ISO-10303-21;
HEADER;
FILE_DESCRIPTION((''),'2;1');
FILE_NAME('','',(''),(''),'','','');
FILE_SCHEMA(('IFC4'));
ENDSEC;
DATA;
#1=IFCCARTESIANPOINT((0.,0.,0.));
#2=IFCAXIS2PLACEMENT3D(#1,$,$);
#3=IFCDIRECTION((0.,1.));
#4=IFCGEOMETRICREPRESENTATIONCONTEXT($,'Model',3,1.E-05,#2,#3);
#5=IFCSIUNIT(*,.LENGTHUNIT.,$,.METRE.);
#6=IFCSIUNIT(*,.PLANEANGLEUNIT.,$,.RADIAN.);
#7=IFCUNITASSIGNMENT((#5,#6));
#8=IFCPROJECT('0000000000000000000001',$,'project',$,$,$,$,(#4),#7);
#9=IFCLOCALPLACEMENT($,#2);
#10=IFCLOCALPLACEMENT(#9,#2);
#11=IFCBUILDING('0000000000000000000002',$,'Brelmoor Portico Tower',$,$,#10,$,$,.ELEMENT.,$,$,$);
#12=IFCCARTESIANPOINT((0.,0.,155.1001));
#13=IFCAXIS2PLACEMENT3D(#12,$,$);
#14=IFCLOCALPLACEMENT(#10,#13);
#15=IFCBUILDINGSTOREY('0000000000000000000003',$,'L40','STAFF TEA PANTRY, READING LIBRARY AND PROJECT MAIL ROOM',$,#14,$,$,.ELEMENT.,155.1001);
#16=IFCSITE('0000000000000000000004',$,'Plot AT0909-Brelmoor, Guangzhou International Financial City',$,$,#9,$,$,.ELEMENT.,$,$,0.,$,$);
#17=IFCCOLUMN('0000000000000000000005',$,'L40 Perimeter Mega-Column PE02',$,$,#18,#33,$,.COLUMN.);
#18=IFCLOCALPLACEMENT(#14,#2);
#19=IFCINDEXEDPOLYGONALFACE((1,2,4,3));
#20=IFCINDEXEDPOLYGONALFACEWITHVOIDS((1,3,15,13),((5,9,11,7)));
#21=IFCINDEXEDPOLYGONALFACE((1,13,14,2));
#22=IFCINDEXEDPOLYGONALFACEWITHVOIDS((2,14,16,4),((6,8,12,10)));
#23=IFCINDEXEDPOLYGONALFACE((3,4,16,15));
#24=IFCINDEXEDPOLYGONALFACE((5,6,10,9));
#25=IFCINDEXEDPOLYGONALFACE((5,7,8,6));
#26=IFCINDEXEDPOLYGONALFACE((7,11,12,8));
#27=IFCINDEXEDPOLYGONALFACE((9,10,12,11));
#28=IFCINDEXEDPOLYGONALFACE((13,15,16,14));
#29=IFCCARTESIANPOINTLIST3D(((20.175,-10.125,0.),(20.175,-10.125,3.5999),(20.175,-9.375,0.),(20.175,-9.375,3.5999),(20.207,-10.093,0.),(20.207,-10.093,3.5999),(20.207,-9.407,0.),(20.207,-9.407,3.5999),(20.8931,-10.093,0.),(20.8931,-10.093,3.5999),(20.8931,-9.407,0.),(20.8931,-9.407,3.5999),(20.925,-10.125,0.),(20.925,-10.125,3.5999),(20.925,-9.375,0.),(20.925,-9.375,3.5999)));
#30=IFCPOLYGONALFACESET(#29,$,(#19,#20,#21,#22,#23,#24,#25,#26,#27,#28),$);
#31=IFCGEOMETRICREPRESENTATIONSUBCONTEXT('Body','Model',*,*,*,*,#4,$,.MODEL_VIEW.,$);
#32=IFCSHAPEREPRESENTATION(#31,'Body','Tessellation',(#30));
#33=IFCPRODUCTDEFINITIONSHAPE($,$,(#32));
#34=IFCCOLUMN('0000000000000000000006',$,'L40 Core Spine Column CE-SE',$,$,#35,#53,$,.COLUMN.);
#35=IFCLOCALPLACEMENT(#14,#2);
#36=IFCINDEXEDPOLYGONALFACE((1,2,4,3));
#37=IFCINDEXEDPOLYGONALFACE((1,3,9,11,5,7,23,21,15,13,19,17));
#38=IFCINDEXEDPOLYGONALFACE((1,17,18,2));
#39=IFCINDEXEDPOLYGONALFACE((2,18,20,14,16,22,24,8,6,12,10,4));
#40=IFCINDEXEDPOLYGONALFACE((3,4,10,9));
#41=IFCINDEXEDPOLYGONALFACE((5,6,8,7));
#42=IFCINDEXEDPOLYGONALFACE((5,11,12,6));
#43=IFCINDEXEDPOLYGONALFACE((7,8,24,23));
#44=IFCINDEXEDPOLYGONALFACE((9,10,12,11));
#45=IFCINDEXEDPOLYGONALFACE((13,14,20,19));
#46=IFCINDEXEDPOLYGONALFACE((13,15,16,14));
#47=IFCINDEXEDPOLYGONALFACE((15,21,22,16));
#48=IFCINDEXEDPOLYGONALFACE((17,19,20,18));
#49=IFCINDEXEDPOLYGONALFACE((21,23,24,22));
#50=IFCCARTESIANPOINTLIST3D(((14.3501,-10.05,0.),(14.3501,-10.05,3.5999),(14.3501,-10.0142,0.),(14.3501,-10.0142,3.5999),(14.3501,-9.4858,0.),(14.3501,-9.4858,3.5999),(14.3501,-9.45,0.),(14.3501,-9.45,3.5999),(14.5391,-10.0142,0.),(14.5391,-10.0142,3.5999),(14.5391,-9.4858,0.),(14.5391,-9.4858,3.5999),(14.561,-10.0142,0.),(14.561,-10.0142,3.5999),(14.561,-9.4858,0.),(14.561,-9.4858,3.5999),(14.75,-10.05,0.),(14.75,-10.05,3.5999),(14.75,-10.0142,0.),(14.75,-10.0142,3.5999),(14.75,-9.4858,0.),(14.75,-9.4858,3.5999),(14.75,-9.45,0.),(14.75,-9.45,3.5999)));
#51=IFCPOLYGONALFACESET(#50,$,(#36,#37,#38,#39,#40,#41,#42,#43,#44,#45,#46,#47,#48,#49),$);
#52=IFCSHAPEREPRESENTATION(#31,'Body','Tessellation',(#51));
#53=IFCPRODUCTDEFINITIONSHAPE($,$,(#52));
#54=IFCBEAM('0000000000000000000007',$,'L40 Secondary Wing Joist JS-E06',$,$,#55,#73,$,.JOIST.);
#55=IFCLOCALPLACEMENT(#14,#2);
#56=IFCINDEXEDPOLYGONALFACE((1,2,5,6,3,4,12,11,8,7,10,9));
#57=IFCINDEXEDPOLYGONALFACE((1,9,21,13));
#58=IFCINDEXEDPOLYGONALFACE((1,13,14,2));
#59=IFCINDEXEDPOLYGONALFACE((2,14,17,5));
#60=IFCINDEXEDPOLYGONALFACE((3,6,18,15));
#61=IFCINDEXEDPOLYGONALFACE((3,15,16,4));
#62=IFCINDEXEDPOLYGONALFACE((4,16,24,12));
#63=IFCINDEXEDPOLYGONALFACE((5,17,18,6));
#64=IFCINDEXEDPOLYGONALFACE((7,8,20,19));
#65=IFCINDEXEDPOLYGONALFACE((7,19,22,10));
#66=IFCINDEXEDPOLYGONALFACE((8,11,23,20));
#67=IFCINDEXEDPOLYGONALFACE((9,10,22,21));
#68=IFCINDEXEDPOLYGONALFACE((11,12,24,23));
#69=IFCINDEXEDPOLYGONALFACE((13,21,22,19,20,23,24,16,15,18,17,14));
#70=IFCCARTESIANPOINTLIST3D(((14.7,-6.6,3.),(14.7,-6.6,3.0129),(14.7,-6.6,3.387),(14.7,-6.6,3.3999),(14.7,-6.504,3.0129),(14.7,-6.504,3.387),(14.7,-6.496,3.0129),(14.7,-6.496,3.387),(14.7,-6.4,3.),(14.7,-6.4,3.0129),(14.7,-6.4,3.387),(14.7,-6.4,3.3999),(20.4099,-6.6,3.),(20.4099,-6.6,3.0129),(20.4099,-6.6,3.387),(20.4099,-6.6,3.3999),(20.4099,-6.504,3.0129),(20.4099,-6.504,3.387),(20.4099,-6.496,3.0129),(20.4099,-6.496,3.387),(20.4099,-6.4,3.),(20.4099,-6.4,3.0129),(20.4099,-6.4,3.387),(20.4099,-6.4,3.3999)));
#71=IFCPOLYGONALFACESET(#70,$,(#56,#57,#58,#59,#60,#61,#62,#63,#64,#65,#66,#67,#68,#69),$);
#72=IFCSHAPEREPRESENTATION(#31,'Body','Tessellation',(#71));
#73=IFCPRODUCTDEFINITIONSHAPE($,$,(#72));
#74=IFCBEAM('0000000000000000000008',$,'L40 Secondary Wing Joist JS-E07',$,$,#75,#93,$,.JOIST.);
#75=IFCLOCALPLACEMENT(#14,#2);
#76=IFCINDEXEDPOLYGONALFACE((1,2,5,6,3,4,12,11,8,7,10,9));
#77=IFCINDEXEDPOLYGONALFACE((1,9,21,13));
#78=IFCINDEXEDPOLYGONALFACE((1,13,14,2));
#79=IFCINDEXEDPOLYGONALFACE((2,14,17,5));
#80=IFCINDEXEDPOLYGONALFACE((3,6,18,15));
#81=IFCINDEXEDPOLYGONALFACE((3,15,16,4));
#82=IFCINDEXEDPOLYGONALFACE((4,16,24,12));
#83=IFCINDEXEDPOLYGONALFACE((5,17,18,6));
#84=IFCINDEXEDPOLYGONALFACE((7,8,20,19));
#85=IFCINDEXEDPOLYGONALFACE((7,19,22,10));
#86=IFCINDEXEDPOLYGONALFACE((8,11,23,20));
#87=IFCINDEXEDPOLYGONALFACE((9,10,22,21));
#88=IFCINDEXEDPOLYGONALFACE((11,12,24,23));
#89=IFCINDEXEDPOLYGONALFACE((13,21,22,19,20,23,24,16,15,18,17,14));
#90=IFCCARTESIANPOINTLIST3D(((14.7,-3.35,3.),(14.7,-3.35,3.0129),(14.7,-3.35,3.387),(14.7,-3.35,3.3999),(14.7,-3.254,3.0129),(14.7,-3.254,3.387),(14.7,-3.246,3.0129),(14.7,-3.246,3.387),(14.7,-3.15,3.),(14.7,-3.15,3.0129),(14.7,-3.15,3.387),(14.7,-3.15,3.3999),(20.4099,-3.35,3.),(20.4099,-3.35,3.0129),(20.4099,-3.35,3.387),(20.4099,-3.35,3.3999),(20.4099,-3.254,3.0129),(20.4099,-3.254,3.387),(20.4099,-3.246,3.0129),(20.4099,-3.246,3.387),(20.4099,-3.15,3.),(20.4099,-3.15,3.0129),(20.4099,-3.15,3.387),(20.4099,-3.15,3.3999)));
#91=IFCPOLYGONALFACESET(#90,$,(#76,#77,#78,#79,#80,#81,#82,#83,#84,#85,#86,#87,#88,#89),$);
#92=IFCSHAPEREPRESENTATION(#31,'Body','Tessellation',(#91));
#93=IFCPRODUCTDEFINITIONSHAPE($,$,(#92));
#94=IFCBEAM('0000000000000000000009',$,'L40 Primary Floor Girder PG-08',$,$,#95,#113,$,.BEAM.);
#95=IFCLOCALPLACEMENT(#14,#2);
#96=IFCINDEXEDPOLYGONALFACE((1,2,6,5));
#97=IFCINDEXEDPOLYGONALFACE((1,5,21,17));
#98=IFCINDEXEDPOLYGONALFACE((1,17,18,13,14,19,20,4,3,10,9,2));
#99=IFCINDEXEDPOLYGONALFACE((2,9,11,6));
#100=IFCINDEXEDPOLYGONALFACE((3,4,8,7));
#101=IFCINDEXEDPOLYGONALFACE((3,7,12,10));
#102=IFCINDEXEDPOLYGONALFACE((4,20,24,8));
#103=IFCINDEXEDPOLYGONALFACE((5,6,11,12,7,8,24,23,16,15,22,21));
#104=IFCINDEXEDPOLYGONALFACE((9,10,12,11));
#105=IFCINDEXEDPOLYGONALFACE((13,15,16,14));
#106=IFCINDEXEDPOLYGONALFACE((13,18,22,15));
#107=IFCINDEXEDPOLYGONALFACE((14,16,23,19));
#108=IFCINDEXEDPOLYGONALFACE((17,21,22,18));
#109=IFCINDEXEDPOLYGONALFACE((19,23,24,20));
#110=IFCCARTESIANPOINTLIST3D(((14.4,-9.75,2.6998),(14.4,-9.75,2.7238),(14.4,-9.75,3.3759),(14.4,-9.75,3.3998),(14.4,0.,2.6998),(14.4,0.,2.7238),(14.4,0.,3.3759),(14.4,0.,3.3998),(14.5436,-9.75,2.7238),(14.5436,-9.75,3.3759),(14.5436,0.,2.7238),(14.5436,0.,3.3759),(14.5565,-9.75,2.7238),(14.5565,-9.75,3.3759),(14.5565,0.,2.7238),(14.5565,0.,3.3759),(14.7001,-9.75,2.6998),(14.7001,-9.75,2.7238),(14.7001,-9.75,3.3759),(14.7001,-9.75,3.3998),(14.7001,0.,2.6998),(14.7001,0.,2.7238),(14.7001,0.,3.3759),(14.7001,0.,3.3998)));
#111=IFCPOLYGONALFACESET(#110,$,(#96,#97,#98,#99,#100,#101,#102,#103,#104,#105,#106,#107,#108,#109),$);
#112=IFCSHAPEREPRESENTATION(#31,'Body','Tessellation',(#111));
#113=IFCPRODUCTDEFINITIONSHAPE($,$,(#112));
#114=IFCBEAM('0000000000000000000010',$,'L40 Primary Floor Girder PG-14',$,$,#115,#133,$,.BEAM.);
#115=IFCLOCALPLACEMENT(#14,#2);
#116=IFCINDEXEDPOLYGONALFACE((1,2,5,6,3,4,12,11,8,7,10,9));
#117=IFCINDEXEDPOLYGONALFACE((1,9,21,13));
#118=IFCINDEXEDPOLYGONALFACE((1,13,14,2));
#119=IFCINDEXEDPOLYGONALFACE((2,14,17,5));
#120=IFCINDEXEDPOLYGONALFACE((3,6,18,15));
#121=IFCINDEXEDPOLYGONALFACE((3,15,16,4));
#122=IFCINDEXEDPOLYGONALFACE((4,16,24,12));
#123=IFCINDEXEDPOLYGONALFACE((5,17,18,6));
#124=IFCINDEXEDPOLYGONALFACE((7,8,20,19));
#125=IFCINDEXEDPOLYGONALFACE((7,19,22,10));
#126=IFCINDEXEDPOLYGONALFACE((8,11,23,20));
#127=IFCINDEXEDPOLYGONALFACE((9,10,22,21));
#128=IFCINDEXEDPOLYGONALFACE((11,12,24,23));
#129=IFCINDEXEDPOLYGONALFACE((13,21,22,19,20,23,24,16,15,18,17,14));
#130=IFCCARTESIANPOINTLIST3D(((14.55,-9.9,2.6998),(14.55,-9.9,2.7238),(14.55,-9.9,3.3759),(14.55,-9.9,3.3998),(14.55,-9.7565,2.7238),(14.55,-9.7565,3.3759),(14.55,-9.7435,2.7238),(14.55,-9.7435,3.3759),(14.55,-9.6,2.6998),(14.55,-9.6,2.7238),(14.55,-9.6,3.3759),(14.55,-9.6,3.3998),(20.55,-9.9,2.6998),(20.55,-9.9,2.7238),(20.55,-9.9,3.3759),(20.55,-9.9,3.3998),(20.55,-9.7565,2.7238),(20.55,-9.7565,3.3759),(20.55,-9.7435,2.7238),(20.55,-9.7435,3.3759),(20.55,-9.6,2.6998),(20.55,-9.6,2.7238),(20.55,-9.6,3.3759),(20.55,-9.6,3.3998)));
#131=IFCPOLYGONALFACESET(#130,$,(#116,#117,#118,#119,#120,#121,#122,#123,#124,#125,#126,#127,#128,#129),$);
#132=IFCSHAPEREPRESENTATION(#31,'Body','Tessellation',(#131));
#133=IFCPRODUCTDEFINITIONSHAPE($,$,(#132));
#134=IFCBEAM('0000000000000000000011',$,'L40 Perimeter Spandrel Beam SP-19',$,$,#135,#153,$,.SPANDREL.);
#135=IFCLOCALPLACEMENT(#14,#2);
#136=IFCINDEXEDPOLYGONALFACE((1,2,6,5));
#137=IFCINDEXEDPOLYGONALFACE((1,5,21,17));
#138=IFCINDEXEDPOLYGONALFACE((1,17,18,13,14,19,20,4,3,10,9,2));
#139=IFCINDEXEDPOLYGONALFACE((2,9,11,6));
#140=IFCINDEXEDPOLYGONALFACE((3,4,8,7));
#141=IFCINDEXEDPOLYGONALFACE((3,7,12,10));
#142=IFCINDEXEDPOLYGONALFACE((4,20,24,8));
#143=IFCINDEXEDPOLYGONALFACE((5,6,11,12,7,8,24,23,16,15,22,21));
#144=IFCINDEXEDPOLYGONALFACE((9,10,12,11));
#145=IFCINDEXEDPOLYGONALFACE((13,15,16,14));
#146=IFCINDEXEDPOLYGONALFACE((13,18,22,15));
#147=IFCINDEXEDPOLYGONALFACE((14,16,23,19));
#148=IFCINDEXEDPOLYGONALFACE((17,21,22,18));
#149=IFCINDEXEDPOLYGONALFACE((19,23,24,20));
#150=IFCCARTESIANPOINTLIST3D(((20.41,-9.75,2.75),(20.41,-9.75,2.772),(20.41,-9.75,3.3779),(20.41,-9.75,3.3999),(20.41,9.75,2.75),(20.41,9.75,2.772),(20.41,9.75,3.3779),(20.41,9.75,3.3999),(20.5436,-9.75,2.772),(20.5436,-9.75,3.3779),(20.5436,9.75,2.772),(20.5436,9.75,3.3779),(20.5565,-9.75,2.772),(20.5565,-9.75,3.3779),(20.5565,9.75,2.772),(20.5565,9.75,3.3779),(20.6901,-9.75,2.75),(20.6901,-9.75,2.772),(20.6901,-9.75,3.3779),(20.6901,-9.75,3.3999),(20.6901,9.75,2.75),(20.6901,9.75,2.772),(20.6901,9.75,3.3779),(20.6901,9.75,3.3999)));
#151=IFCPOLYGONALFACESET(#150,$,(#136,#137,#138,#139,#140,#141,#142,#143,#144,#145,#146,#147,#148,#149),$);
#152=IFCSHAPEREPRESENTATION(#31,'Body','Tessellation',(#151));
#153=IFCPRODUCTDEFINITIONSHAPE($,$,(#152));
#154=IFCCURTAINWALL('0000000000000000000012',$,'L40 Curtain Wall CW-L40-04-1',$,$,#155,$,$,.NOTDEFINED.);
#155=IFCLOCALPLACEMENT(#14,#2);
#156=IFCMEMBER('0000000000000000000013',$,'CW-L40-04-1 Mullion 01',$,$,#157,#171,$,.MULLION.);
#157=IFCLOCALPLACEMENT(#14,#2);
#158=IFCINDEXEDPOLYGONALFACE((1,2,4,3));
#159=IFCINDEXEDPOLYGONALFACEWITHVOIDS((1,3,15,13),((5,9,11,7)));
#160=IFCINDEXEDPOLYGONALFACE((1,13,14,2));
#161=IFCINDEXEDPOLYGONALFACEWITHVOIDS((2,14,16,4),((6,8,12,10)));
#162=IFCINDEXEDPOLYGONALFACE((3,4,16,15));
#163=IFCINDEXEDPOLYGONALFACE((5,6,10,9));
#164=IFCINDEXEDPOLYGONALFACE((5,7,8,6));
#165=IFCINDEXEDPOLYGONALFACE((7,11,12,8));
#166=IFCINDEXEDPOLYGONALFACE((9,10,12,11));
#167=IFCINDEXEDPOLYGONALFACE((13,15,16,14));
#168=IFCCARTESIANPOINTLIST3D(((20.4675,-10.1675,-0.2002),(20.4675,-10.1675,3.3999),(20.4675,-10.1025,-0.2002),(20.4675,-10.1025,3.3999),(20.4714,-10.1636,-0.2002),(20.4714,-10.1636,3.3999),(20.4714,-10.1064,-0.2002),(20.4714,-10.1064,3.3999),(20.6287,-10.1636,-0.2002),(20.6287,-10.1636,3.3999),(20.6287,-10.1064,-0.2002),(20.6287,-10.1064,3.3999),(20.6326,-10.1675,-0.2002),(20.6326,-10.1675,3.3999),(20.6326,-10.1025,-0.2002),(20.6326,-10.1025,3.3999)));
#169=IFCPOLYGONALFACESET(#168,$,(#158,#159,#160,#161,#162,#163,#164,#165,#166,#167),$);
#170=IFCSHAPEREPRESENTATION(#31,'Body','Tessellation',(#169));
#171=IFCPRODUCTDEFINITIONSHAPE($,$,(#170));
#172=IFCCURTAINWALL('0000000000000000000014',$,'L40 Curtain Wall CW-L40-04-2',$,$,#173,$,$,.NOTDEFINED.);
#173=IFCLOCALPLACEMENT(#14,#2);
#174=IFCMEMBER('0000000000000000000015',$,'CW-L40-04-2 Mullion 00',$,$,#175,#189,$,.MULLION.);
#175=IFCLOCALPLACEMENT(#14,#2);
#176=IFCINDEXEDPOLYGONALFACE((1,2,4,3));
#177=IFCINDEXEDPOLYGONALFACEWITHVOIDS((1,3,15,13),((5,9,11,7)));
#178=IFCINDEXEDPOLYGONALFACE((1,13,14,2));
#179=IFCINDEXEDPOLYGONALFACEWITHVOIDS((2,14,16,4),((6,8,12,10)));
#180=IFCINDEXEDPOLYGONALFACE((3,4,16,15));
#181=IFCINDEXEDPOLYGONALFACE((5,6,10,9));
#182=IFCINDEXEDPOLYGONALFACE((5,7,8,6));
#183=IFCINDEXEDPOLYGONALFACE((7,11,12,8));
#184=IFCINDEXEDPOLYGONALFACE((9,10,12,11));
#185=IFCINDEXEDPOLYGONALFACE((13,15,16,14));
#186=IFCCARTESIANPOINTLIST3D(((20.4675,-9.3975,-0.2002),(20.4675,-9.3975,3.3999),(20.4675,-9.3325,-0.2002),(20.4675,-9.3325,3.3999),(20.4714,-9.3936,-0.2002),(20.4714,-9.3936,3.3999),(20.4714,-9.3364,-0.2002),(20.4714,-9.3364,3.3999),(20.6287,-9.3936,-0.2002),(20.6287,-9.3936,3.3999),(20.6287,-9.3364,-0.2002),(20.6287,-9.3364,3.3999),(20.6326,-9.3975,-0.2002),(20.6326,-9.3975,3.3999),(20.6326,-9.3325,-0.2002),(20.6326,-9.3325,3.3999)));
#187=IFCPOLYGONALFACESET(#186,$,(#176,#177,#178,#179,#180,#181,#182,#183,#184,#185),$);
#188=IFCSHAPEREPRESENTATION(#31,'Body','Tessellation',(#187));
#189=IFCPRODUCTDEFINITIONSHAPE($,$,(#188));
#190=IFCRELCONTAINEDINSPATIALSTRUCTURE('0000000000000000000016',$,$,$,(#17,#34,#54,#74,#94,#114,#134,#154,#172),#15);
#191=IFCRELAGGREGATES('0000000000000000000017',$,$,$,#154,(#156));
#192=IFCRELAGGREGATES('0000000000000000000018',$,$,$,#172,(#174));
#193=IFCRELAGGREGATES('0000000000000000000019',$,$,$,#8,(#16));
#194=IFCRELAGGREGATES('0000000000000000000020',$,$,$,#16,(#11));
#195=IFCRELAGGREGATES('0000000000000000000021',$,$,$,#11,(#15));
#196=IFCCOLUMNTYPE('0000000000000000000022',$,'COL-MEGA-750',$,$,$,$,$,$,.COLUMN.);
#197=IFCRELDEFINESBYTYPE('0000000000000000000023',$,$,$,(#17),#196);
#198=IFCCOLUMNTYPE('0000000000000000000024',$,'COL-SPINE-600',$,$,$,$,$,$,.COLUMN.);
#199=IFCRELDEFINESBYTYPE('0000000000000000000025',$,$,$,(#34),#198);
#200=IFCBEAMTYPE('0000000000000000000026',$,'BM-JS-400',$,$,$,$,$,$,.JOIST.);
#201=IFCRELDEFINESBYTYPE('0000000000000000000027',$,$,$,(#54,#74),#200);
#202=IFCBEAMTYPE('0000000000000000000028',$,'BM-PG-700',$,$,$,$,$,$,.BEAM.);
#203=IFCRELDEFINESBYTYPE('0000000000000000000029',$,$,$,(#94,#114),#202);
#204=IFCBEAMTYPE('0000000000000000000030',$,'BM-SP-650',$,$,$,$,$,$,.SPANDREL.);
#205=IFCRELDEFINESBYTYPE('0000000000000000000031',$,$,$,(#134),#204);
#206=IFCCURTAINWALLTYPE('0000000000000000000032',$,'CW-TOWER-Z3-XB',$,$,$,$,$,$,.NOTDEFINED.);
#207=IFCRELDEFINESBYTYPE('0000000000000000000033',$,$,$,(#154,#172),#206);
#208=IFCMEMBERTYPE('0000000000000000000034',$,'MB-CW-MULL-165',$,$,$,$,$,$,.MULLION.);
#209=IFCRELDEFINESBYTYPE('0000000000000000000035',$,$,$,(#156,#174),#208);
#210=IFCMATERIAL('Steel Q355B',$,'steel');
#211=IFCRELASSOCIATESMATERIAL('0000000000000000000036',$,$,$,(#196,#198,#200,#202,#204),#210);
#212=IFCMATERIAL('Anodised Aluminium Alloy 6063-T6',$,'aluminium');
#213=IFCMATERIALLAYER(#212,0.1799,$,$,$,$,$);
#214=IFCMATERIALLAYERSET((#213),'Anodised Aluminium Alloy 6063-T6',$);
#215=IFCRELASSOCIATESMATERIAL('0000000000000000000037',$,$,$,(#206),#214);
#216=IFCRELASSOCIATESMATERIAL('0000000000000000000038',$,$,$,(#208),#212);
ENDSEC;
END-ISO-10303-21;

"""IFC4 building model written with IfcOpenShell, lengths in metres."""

from ifc_helpers import new_model, si_unit, direction, frame, origin, origin_2d, place, context, subcontext, project, spatial, hollow_rectangle, i_section, extrude, material, layer, layer_set, material_profile, profile_set, type_object, element, aggregate, save


model = new_model("IFC4")

# Units and contexts
model_context = context("Model", 3, precision=1e-05, world=origin(), true_north=direction((0.0, 1.0)))
body_context = subcontext(model_context, "Body", "Model", "MODEL_VIEW")
ifc_project = project(units=[si_unit("LENGTHUNIT", "METRE"), si_unit("PLANEANGLEUNIT", "RADIAN")], contexts=[model_context])

# Site, building, storey
site_placement = place(None, origin())
site = spatial("IfcSite", under=ifc_project, at=site_placement, Name="Plot AT0909-Brelmoor, Guangzhou International Financial City", CompositionType="ELEMENT", RefElevation=0.0)
building_placement = place(site_placement, origin())
building = spatial("IfcBuilding", under=site, at=building_placement, Name="Brelmoor Portico Tower", CompositionType="ELEMENT")
storey_placement = place(building_placement, frame((0.0, 0.0, 155.1001)))
storey = spatial("IfcBuildingStorey", under=building, at=storey_placement, Name="L40", Description="STAFF TEA PANTRY, READING LIBRARY AND PROJECT MAIL ROOM", CompositionType="ELEMENT", Elevation=155.1001)

# Columns
ifc_material_1 = material(Name="Steel Q355B", Category="steel")
ifc_material_profile_1 = material_profile(ifc_material_1, hollow_rectangle(XDim=0.75, YDim=0.75, WallThickness=0.032, at=origin_2d()), Name="BOX 750x750x32")
ifc_profile_set_1 = profile_set([ifc_material_profile_1], Name="Steel Q355B")
column_type_1 = type_object("IfcColumnType", Name="COL-MEGA-750", PredefinedType="COLUMN", material=ifc_profile_set_1)
column_1_placement = place(storey_placement, frame((20.55, -9.75, 0.0), z_axis=(0.0, 0.0, 1.0), x_axis=(0.0, 1.0, 0.0)))
element("IfcColumn", 1, at=column_1_placement, inside=storey, type_object=column_type_1, Name="L40 Perimeter Mega-Column PE02", PredefinedType="COLUMN", context=body_context, shape_type="SweptSolid", body=[
    extrude(hollow_rectangle(XDim=0.75, YDim=0.75, WallThickness=0.032, at=origin_2d()), origin(), (0.0, 0.0, 1.0), 3.5999),
])
ifc_material_profile_2 = material_profile(ifc_material_1, i_section(OverallWidth=0.3999, OverallDepth=0.6001, WebThickness=0.022, FlangeThickness=0.0359, at=origin_2d()), Name="HW 600x400x22x36")
ifc_profile_set_2 = profile_set([ifc_material_profile_2], Name="Steel Q355B")
column_type_2 = type_object("IfcColumnType", Name="COL-SPINE-600", PredefinedType="COLUMN", material=ifc_profile_set_2)
column_2_placement = place(storey_placement, frame((14.55, -9.75, 0.0), z_axis=(0.0, 0.0, 1.0), x_axis=(1.0, 0.0, 0.0)))
element("IfcColumn", 2, at=column_2_placement, inside=storey, type_object=column_type_2, Name="L40 Core Spine Column CE-SE", PredefinedType="COLUMN", context=body_context, shape_type="SweptSolid", body=[
    extrude(i_section(OverallWidth=0.3999, OverallDepth=0.6001, WebThickness=0.022, FlangeThickness=0.0359, at=origin_2d()), origin(), (0.0, 0.0, 1.0), 3.5999),
])

# Beams
ifc_material_profile_3 = material_profile(ifc_material_1, i_section(OverallWidth=0.2, OverallDepth=0.3999, WebThickness=0.0081, FlangeThickness=0.0129, at=origin_2d()), Name="HN 400x200x8x13")
ifc_profile_set_3 = profile_set([ifc_material_profile_3], Name="Steel Q355B")
beam_type_1 = type_object("IfcBeamType", Name="BM-JS-400", PredefinedType="JOIST", material=ifc_profile_set_3)
for number, where, z_axis, x_axis, name in (
    (3, (14.7, -6.5, 3.2), (1.0, 0.0, 0.0), (0.0, 1.0, 0.0), "L40 Secondary Wing Joist JS-E06"),
    (4, (14.7, -3.25, 3.2), (1.0, 0.0, 0.0), (0.0, 1.0, 0.0), "L40 Secondary Wing Joist JS-E07"),
):
    element("IfcBeam", number, at=place(storey_placement, frame(where, z_axis=z_axis, x_axis=x_axis)), inside=storey, type_object=beam_type_1, Name=name, PredefinedType="JOIST", context=body_context, shape_type="SweptSolid", body=[
        extrude(i_section(OverallWidth=0.2, OverallDepth=0.3999, WebThickness=0.0081, FlangeThickness=0.0129, at=origin_2d()), origin(), (0.0, 0.0, 1.0), 5.71),
    ])
ifc_material_profile_4 = material_profile(ifc_material_1, i_section(OverallWidth=0.3, OverallDepth=0.7, WebThickness=0.0129, FlangeThickness=0.0239, at=origin_2d()), Name="HN 700x300x13x24")
ifc_profile_set_4 = profile_set([ifc_material_profile_4], Name="Steel Q355B")
beam_type_2 = type_object("IfcBeamType", Name="BM-PG-700", PredefinedType="BEAM", material=ifc_profile_set_4)
beam_1_placement = place(storey_placement, frame((14.55, -9.75, 3.0498), z_axis=(0.0, 1.0, 0.0), x_axis=(-1.0, 0.0, 0.0)))
element("IfcBeam", 5, at=beam_1_placement, inside=storey, type_object=beam_type_2, Name="L40 Primary Floor Girder PG-08", PredefinedType="BEAM", context=body_context, shape_type="SweptSolid", body=[
    extrude(i_section(OverallWidth=0.3, OverallDepth=0.7, WebThickness=0.0129, FlangeThickness=0.0239, at=origin_2d()), origin(), (0.0, 0.0, 1.0), 9.75),
])
beam_2_placement = place(storey_placement, frame((14.55, -9.75, 3.0498), z_axis=(1.0, 0.0, 0.0), x_axis=(0.0, 1.0, 0.0)))
element("IfcBeam", 6, at=beam_2_placement, inside=storey, type_object=beam_type_2, Name="L40 Primary Floor Girder PG-14", PredefinedType="BEAM", context=body_context, shape_type="SweptSolid", body=[
    extrude(i_section(OverallWidth=0.3, OverallDepth=0.7, WebThickness=0.0129, FlangeThickness=0.0239, at=origin_2d()), origin(), (0.0, 0.0, 1.0), 6.0),
])
ifc_material_profile_5 = material_profile(ifc_material_1, i_section(OverallWidth=0.28, OverallDepth=0.6499, WebThickness=0.0129, FlangeThickness=0.022, at=origin_2d()), Name="HN 650x280x13x22")
ifc_profile_set_5 = profile_set([ifc_material_profile_5], Name="Steel Q355B")
beam_type_3 = type_object("IfcBeamType", Name="BM-SP-650", PredefinedType="SPANDREL", material=ifc_profile_set_5)
beam_3_placement = place(storey_placement, frame((20.55, -9.75, 3.075), z_axis=(0.0, 1.0, 0.0), x_axis=(-1.0, 0.0, 0.0)))
element("IfcBeam", 7, at=beam_3_placement, inside=storey, type_object=beam_type_3, Name="L40 Perimeter Spandrel Beam SP-19", PredefinedType="SPANDREL", context=body_context, shape_type="SweptSolid", body=[
    extrude(i_section(OverallWidth=0.28, OverallDepth=0.6499, WebThickness=0.0129, FlangeThickness=0.022, at=origin_2d()), origin(), (0.0, 0.0, 1.0), 19.5),
])

# Curtain wall, member
ifc_material_2 = material(Name="Anodised Aluminium Alloy 6063-T6", Category="aluminium")
ifc_layer_1 = layer(ifc_material_2, 0.1799)
ifc_layer_set_1 = layer_set([ifc_layer_1], Name="Anodised Aluminium Alloy 6063-T6")
curtain_wall_type = type_object("IfcCurtainWallType", Name="CW-TOWER-Z3-XB", PredefinedType="NOTDEFINED", material=ifc_layer_set_1)
curtain_wall_1_placement = place(storey_placement, origin())
curtain_wall_1 = element("IfcCurtainWall", 8, at=curtain_wall_1_placement, inside=storey, type_object=curtain_wall_type, Name="L40 Curtain Wall CW-L40-04-1", PredefinedType="NOTDEFINED")
ifc_material_profile_6 = material_profile(ifc_material_2, hollow_rectangle(XDim=0.0649, YDim=0.165, WallThickness=0.0039, at=origin_2d()), Name="ALU MULLION 65x165")
ifc_profile_set_6 = profile_set([ifc_material_profile_6], Name="Anodised Aluminium Alloy 6063-T6")
member_type_1 = type_object("IfcMemberType", Name="MB-CW-MULL-165", PredefinedType="MULLION", material=ifc_profile_set_6)
member_1_placement = place(storey_placement, frame((20.55, -10.135, -0.2002), z_axis=(0.0, 0.0, 1.0), x_axis=(0.0, 1.0, 0.0)))
member_1 = element("IfcMember", 9, at=member_1_placement, type_object=member_type_1, Name="CW-L40-04-1 Mullion 01", PredefinedType="MULLION", context=body_context, shape_type="SweptSolid", body=[
    extrude(hollow_rectangle(XDim=0.0649, YDim=0.165, WallThickness=0.0039, at=origin_2d()), origin(), (0.0, 0.0, 1.0), 3.6001),
])
aggregate(curtain_wall_1, [member_1])

# Curtain wall, member
curtain_wall_2_placement = place(storey_placement, origin())
curtain_wall_2 = element("IfcCurtainWall", 10, at=curtain_wall_2_placement, inside=storey, type_object=curtain_wall_type, Name="L40 Curtain Wall CW-L40-04-2", PredefinedType="NOTDEFINED")
member_2_placement = place(storey_placement, frame((20.55, -9.365, -0.2002), z_axis=(0.0, 0.0, 1.0), x_axis=(0.0, 1.0, 0.0)))
member_2 = element("IfcMember", 11, at=member_2_placement, type_object=member_type_1, Name="CW-L40-04-2 Mullion 00", PredefinedType="MULLION", context=body_context, shape_type="SweptSolid", body=[
    extrude(hollow_rectangle(XDim=0.0649, YDim=0.165, WallThickness=0.0039, at=origin_2d()), origin(), (0.0, 0.0, 1.0), 3.6001),
])
aggregate(curtain_wall_2, [member_2])

save(model, "model.ifc")
